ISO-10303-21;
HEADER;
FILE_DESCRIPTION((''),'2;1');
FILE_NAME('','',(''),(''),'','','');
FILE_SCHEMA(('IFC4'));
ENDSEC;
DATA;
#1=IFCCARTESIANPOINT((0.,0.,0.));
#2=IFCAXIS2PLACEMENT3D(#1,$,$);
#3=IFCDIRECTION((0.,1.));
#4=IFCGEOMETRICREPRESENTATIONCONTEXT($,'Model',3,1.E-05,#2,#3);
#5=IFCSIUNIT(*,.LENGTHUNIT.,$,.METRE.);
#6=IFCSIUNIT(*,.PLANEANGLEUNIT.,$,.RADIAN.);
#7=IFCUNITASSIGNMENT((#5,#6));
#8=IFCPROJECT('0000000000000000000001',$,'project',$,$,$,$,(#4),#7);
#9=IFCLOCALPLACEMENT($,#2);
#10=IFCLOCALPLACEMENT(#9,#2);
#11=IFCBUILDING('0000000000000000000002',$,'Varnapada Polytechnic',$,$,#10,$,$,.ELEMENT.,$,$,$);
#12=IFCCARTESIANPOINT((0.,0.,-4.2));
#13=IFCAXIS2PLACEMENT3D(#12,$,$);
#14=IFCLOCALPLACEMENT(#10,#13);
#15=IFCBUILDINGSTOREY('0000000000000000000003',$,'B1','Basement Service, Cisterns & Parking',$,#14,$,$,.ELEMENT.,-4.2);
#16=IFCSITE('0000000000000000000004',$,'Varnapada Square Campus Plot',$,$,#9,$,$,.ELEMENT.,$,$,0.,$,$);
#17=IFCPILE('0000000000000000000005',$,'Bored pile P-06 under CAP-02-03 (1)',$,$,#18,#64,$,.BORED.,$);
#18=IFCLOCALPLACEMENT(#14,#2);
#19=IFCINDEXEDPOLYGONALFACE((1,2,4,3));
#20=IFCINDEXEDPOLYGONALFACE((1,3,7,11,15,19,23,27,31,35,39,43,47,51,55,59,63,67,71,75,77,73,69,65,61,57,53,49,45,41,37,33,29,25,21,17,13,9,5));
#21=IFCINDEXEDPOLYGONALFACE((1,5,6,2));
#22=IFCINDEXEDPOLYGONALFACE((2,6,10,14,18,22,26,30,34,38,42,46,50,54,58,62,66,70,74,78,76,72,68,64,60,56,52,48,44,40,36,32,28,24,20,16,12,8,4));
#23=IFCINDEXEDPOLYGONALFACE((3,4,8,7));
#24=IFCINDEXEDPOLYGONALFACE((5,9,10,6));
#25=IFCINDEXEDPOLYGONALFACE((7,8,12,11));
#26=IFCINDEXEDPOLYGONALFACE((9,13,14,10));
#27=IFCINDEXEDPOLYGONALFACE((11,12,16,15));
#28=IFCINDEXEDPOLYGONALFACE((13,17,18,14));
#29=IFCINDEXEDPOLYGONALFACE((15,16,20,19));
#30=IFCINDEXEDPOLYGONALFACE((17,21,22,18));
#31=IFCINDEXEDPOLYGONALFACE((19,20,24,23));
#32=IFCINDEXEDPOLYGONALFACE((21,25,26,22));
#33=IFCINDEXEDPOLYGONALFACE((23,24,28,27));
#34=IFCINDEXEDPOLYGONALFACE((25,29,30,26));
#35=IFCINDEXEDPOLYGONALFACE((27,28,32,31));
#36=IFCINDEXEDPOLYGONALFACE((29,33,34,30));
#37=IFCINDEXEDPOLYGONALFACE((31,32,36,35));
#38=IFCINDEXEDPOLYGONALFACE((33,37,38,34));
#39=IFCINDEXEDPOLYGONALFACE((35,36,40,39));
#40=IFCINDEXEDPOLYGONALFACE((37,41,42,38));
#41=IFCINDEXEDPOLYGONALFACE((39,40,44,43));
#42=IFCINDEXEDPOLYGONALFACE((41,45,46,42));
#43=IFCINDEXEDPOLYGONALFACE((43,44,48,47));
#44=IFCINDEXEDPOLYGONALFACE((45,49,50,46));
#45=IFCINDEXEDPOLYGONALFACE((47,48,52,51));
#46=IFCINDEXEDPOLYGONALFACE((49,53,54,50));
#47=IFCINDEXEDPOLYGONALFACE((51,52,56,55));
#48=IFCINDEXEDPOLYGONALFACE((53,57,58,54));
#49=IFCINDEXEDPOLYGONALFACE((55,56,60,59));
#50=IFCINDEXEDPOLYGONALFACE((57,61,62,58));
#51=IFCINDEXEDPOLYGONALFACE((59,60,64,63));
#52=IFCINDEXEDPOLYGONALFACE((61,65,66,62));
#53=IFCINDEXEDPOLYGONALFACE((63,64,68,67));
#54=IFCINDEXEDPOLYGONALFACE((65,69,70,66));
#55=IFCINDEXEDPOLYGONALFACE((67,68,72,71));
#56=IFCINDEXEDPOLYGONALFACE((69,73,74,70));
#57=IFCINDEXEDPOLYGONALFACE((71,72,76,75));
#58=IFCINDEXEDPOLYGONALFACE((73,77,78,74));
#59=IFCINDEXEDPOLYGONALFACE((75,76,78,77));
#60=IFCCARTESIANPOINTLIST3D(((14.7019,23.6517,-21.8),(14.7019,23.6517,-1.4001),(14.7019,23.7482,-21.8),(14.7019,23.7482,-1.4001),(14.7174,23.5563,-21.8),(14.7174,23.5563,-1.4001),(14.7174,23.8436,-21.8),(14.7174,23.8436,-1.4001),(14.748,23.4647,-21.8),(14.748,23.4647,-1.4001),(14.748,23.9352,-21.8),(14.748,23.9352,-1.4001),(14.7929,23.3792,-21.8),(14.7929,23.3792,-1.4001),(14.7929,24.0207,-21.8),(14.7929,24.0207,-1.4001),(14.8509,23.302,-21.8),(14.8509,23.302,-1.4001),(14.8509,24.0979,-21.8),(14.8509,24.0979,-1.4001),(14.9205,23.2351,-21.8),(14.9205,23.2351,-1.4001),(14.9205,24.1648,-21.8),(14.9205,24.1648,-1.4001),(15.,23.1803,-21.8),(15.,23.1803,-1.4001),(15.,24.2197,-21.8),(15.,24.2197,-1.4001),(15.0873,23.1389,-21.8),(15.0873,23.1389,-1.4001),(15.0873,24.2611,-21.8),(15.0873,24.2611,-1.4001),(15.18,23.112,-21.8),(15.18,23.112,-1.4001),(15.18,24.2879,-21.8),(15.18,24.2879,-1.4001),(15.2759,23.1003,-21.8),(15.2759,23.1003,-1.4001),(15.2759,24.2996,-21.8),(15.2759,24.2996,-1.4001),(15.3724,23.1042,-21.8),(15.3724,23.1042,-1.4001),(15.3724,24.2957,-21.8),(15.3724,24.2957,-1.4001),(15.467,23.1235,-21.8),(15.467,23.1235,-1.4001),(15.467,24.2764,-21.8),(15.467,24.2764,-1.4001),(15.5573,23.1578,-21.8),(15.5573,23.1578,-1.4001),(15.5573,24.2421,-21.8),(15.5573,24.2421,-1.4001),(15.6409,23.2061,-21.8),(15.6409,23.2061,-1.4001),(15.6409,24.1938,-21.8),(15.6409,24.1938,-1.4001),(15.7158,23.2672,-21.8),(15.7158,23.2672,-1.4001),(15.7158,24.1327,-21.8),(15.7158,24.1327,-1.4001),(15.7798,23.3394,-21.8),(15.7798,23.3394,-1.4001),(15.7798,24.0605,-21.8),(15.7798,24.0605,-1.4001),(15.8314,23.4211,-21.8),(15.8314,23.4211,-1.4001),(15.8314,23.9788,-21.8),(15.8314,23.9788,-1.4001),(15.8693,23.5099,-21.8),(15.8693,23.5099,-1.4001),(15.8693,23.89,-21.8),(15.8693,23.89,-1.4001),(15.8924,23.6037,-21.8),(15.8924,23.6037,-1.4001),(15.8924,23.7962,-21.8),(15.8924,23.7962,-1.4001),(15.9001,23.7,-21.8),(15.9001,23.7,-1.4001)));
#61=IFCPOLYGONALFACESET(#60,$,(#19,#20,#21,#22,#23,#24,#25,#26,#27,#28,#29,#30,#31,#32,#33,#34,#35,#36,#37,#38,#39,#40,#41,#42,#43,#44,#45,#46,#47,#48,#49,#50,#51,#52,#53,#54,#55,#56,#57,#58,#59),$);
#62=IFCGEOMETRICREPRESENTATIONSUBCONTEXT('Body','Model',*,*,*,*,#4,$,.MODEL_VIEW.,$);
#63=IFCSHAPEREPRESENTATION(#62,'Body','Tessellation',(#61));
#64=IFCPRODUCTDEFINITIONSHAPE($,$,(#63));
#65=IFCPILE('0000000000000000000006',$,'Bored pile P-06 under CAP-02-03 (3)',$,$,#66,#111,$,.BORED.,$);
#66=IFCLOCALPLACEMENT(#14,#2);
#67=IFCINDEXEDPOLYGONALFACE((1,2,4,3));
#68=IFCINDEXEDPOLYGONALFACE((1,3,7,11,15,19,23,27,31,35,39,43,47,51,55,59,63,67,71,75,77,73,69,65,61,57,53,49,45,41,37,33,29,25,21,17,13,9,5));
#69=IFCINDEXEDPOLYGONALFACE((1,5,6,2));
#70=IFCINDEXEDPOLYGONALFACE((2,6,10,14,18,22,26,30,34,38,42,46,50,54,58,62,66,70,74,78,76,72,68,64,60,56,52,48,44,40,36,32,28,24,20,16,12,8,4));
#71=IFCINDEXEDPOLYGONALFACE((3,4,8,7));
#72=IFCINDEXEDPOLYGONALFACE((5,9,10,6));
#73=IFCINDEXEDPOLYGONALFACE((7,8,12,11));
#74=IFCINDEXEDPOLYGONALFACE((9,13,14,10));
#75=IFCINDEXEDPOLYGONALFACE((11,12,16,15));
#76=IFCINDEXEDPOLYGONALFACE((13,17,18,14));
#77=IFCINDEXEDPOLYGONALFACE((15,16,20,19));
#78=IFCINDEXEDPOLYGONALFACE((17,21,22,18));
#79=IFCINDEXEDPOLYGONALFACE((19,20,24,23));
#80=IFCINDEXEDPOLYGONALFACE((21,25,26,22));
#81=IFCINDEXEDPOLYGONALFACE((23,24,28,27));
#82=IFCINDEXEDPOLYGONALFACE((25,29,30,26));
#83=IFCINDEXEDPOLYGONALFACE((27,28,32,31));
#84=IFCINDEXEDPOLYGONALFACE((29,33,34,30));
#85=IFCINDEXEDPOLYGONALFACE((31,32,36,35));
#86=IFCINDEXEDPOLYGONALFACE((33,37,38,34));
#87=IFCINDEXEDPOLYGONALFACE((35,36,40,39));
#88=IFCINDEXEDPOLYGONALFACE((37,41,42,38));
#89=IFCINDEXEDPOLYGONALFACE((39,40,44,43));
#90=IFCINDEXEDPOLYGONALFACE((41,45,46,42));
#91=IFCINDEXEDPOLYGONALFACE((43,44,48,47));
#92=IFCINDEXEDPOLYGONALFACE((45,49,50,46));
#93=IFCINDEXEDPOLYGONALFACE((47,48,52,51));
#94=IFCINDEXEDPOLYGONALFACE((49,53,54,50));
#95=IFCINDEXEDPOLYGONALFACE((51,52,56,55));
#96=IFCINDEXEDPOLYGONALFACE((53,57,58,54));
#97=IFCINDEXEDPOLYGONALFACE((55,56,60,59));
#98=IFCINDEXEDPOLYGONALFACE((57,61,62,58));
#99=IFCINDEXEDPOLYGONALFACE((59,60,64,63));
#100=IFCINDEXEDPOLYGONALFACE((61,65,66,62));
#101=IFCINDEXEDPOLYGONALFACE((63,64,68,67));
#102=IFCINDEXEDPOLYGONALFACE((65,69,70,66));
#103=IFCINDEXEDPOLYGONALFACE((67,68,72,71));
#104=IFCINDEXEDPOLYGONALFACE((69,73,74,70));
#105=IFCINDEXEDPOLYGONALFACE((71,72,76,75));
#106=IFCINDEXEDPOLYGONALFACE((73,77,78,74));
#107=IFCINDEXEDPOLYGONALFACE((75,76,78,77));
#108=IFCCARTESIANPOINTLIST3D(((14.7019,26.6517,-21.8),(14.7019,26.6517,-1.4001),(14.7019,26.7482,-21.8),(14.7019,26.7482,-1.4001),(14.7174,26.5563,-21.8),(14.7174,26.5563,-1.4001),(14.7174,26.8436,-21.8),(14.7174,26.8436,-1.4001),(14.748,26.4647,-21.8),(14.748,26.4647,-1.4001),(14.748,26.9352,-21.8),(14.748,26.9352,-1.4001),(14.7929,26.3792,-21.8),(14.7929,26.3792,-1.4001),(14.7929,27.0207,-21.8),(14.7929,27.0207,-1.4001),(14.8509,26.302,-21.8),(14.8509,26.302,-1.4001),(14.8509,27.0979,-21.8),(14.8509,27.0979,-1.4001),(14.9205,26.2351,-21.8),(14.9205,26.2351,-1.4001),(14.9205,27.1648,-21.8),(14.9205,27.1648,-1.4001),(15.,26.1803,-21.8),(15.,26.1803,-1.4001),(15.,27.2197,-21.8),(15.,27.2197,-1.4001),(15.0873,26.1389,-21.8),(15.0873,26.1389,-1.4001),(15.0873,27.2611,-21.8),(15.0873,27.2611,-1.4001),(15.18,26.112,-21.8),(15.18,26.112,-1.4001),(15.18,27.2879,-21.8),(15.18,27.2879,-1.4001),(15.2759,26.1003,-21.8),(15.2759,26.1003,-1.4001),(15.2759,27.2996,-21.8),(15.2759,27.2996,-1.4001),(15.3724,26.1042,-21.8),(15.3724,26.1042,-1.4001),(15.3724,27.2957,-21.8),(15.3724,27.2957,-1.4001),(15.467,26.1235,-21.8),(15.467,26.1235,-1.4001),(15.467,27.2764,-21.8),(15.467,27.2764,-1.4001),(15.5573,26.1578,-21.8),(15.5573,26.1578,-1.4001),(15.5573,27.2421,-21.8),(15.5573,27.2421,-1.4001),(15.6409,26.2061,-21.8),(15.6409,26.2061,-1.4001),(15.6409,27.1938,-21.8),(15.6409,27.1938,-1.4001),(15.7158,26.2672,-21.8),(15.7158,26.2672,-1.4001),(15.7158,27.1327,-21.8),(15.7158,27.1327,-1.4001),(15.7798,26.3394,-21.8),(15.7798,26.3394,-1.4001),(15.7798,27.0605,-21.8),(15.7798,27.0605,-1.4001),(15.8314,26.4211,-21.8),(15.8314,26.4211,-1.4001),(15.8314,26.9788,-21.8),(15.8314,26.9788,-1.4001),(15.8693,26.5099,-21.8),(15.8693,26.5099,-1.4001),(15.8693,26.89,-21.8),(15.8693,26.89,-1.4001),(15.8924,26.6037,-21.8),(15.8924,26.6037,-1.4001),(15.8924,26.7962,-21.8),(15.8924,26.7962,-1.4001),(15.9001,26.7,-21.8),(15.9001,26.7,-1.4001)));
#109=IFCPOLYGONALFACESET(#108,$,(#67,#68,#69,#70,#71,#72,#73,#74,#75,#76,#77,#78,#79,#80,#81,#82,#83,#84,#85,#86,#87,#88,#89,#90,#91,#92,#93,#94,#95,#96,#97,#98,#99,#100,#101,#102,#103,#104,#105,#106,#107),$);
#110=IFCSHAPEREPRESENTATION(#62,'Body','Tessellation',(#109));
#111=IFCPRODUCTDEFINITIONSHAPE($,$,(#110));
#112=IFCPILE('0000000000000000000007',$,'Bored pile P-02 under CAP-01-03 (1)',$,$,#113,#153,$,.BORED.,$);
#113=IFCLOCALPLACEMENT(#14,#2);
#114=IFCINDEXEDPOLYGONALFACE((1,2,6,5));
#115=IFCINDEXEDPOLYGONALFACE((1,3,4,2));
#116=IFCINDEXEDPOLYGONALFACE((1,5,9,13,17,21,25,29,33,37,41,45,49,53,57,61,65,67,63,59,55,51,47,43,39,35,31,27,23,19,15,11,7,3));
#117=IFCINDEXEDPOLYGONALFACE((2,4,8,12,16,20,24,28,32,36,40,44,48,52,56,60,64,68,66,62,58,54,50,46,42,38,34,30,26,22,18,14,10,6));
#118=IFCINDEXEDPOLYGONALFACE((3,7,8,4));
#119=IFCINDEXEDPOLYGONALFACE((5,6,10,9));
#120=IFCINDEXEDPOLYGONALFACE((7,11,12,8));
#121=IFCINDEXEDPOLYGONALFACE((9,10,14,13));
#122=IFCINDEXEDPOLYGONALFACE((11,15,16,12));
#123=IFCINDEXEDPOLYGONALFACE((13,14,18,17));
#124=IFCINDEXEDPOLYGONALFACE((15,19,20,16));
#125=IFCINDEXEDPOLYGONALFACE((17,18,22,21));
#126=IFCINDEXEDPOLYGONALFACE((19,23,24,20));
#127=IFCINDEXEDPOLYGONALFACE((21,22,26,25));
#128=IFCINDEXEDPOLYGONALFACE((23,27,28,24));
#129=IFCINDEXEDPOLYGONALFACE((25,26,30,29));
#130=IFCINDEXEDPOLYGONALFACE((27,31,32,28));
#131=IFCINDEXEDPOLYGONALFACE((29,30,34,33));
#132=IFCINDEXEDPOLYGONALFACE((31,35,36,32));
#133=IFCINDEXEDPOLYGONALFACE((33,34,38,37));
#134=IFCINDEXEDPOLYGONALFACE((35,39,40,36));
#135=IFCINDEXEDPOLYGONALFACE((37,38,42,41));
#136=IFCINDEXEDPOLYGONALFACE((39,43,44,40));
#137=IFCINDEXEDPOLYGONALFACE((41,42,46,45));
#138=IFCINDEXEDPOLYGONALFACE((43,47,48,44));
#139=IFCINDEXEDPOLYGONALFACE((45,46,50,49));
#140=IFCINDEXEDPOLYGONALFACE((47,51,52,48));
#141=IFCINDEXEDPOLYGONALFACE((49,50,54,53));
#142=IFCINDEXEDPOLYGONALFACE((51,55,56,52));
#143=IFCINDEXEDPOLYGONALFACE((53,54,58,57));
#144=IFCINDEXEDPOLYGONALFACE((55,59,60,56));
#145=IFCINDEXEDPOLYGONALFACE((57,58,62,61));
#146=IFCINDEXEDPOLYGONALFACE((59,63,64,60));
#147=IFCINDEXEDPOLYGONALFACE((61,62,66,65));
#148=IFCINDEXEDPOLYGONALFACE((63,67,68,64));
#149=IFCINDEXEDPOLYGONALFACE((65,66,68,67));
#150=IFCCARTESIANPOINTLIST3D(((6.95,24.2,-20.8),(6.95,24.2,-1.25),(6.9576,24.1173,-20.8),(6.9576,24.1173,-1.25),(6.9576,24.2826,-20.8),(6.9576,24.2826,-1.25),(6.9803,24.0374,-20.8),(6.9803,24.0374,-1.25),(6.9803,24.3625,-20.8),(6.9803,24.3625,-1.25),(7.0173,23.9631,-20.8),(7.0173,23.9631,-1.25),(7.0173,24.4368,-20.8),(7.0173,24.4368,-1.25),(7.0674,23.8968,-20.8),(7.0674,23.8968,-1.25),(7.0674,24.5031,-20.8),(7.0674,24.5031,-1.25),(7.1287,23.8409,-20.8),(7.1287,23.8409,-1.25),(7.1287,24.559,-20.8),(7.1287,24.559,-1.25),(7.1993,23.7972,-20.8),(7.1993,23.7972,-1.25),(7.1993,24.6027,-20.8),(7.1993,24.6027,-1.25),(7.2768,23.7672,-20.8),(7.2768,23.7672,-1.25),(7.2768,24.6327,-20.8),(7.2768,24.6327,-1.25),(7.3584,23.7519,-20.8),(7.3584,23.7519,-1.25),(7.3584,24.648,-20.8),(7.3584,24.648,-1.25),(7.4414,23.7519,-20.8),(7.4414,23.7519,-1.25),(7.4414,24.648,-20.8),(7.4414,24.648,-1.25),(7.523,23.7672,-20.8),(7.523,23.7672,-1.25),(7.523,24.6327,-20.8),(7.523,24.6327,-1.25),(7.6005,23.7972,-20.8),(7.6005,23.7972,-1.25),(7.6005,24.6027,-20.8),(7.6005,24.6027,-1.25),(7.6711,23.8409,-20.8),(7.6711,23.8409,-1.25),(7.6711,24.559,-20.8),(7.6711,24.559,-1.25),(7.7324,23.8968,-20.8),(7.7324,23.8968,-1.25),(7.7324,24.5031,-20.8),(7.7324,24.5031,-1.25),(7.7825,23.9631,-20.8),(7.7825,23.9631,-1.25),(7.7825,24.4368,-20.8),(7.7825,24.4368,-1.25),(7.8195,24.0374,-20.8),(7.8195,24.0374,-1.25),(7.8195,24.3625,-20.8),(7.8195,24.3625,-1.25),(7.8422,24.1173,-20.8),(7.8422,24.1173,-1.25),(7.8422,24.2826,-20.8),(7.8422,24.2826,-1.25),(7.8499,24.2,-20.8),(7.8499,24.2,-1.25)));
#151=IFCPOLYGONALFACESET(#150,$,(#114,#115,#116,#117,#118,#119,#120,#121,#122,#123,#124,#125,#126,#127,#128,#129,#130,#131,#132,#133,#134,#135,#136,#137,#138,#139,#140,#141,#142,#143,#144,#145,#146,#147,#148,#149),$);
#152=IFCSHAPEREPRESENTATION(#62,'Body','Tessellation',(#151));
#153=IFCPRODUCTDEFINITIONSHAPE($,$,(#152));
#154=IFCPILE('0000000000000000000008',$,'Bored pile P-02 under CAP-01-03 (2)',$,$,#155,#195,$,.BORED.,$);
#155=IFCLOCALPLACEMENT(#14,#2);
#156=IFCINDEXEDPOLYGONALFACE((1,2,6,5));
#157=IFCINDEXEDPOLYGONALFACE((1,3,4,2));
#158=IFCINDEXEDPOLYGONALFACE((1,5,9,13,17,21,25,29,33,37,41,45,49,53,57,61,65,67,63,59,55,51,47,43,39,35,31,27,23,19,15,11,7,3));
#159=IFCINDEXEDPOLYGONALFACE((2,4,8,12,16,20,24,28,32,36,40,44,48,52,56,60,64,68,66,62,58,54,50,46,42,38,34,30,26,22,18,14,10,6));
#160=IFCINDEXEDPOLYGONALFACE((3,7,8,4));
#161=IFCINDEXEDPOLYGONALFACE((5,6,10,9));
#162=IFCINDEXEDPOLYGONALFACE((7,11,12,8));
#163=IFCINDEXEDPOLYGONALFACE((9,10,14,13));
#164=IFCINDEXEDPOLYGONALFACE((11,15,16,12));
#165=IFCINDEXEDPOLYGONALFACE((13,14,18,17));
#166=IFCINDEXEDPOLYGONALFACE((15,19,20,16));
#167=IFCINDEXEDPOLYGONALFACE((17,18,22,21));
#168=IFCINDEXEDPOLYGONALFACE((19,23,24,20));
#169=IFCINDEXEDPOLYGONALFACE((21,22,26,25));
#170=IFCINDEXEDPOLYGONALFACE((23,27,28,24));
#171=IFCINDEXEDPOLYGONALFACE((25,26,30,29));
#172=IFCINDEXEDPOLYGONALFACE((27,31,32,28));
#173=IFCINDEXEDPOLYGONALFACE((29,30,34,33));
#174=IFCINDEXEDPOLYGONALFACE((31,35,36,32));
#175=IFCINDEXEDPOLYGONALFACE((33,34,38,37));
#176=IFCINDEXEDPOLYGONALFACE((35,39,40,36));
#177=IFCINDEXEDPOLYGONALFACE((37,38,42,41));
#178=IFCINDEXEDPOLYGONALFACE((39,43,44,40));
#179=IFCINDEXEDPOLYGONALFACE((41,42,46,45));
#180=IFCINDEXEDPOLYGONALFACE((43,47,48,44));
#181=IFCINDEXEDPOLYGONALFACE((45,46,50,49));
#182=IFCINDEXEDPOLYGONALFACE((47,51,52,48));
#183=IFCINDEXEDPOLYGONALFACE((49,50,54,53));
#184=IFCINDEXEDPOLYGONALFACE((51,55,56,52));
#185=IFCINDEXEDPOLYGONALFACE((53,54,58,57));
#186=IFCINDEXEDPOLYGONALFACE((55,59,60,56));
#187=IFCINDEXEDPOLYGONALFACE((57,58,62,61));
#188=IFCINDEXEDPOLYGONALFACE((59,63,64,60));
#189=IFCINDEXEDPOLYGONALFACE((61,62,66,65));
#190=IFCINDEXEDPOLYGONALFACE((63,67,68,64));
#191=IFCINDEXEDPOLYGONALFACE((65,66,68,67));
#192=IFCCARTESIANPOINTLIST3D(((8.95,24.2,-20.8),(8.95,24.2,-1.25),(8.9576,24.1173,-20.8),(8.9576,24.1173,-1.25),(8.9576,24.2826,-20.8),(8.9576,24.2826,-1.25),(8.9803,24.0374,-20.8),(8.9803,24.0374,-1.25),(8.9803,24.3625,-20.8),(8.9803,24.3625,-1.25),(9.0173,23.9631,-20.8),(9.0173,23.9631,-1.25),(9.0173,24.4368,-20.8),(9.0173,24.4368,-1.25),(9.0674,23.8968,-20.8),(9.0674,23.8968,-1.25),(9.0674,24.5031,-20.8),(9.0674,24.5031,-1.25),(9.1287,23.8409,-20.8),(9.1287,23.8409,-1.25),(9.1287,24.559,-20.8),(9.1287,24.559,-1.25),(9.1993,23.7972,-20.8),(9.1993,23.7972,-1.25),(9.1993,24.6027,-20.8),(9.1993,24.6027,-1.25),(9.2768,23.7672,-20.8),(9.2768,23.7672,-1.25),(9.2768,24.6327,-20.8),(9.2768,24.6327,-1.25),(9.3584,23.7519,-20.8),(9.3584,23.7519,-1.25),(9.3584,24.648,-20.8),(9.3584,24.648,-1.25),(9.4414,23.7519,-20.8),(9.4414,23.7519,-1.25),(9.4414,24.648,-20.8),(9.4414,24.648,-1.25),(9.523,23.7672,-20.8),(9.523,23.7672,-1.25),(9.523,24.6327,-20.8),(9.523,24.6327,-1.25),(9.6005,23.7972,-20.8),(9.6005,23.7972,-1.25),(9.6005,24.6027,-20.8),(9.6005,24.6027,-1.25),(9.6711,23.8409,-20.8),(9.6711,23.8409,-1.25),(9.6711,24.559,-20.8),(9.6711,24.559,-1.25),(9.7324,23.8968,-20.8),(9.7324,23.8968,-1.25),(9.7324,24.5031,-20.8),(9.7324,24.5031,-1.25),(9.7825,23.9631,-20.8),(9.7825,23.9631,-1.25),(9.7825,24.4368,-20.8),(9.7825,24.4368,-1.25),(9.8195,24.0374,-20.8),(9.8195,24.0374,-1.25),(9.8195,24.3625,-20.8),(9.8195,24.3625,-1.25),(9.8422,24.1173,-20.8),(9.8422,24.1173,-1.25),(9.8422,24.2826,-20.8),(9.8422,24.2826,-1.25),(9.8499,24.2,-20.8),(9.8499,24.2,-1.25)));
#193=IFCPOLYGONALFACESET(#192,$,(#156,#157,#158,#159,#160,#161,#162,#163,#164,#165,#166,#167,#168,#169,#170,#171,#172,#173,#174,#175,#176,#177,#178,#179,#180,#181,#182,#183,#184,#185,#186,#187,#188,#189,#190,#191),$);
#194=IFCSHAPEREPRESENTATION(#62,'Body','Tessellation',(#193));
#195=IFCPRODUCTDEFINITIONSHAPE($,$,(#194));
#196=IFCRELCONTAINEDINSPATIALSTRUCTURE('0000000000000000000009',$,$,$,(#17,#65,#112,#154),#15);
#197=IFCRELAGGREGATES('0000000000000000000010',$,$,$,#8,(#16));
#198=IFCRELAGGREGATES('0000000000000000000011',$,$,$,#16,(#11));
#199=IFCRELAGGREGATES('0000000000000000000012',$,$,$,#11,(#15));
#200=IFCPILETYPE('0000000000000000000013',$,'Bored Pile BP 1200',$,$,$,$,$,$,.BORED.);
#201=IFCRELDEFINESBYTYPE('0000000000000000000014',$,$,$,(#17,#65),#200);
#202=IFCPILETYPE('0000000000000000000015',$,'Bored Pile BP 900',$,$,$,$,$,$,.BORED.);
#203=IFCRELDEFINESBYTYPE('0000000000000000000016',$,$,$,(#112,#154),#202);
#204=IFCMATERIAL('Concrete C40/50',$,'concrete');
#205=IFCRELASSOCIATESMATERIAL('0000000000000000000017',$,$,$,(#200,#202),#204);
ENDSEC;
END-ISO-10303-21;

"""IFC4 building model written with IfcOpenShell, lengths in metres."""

from ifc_helpers import new_model, si_unit, direction, frame, origin, origin_2d, place, context, subcontext, project, spatial, circle, extrude, material, material_profile, profile_set, type_object, element, save


model = new_model("IFC4")

# Units and contexts
model_context = context("Model", 3, precision=1e-05, world=origin(), true_north=direction((0.0, 1.0)))
body_context = subcontext(model_context, "Body", "Model", "MODEL_VIEW")
ifc_project = project(units=[si_unit("LENGTHUNIT", "METRE"), si_unit("PLANEANGLEUNIT", "RADIAN")], contexts=[model_context])

# Site, building, storey
site_placement = place(None, origin())
site = spatial("IfcSite", under=ifc_project, at=site_placement, Name="Varnapada Square Campus Plot", CompositionType="ELEMENT", RefElevation=0.0)
building_placement = place(site_placement, origin())
building = spatial("IfcBuilding", under=site, at=building_placement, Name="Varnapada Polytechnic", CompositionType="ELEMENT")
storey_placement = place(building_placement, frame((0.0, 0.0, -4.2)))
storey = spatial("IfcBuildingStorey", under=building, at=storey_placement, Name="B1", Description="Basement Service, Cisterns & Parking", CompositionType="ELEMENT", Elevation=-4.2)

# Piles
ifc_material_1 = material(Name="Concrete C40/50", Category="concrete")
ifc_material_profile_1 = material_profile(ifc_material_1, circle(Radius=0.6001, at=origin_2d()), Name="BP 1200")
ifc_profile_set_1 = profile_set([ifc_material_profile_1], Name="Concrete C40/50")
pile_type_1 = type_object("IfcPileType", Name="Bored Pile BP 1200", PredefinedType="BORED", material=ifc_profile_set_1)
for number, where, z_axis, x_axis, name in (
    (1, (15.3, 23.7, -1.4001), (0.0, 0.0, -1.0), (1.0, 0.0, 0.0), "Bored pile P-06 under CAP-02-03 (1)"),
    (2, (15.3, 26.7, -1.4001), (0.0, 0.0, -1.0), (1.0, 0.0, 0.0), "Bored pile P-06 under CAP-02-03 (3)"),
):
    element("IfcPile", number, at=place(storey_placement, frame(where, z_axis=z_axis, x_axis=x_axis)), inside=storey, type_object=pile_type_1, Name=name, PredefinedType="BORED", context=body_context, shape_type="SweptSolid", body=[
        extrude(circle(Radius=0.6001, at=origin_2d()), origin(), (0.0, 0.0, 1.0), 20.3999),
    ])
ifc_material_profile_2 = material_profile(ifc_material_1, circle(Radius=0.45, at=origin_2d()), Name="BP 900")
ifc_profile_set_2 = profile_set([ifc_material_profile_2], Name="Concrete C40/50")
pile_type_2 = type_object("IfcPileType", Name="Bored Pile BP 900", PredefinedType="BORED", material=ifc_profile_set_2)
for number, where, z_axis, x_axis, name in (
    (3, (7.3999, 24.2, -1.25), (0.0, 0.0, -1.0), (1.0, 0.0, 0.0), "Bored pile P-02 under CAP-01-03 (1)"),
    (4, (9.3999, 24.2, -1.25), (0.0, 0.0, -1.0), (1.0, 0.0, 0.0), "Bored pile P-02 under CAP-01-03 (2)"),
):
    element("IfcPile", number, at=place(storey_placement, frame(where, z_axis=z_axis, x_axis=x_axis)), inside=storey, type_object=pile_type_2, Name=name, PredefinedType="BORED", context=body_context, shape_type="SweptSolid", body=[
        extrude(circle(Radius=0.45, at=origin_2d()), origin(), (0.0, 0.0, 1.0), 19.55),
    ])

save(model, "model.ifc")
